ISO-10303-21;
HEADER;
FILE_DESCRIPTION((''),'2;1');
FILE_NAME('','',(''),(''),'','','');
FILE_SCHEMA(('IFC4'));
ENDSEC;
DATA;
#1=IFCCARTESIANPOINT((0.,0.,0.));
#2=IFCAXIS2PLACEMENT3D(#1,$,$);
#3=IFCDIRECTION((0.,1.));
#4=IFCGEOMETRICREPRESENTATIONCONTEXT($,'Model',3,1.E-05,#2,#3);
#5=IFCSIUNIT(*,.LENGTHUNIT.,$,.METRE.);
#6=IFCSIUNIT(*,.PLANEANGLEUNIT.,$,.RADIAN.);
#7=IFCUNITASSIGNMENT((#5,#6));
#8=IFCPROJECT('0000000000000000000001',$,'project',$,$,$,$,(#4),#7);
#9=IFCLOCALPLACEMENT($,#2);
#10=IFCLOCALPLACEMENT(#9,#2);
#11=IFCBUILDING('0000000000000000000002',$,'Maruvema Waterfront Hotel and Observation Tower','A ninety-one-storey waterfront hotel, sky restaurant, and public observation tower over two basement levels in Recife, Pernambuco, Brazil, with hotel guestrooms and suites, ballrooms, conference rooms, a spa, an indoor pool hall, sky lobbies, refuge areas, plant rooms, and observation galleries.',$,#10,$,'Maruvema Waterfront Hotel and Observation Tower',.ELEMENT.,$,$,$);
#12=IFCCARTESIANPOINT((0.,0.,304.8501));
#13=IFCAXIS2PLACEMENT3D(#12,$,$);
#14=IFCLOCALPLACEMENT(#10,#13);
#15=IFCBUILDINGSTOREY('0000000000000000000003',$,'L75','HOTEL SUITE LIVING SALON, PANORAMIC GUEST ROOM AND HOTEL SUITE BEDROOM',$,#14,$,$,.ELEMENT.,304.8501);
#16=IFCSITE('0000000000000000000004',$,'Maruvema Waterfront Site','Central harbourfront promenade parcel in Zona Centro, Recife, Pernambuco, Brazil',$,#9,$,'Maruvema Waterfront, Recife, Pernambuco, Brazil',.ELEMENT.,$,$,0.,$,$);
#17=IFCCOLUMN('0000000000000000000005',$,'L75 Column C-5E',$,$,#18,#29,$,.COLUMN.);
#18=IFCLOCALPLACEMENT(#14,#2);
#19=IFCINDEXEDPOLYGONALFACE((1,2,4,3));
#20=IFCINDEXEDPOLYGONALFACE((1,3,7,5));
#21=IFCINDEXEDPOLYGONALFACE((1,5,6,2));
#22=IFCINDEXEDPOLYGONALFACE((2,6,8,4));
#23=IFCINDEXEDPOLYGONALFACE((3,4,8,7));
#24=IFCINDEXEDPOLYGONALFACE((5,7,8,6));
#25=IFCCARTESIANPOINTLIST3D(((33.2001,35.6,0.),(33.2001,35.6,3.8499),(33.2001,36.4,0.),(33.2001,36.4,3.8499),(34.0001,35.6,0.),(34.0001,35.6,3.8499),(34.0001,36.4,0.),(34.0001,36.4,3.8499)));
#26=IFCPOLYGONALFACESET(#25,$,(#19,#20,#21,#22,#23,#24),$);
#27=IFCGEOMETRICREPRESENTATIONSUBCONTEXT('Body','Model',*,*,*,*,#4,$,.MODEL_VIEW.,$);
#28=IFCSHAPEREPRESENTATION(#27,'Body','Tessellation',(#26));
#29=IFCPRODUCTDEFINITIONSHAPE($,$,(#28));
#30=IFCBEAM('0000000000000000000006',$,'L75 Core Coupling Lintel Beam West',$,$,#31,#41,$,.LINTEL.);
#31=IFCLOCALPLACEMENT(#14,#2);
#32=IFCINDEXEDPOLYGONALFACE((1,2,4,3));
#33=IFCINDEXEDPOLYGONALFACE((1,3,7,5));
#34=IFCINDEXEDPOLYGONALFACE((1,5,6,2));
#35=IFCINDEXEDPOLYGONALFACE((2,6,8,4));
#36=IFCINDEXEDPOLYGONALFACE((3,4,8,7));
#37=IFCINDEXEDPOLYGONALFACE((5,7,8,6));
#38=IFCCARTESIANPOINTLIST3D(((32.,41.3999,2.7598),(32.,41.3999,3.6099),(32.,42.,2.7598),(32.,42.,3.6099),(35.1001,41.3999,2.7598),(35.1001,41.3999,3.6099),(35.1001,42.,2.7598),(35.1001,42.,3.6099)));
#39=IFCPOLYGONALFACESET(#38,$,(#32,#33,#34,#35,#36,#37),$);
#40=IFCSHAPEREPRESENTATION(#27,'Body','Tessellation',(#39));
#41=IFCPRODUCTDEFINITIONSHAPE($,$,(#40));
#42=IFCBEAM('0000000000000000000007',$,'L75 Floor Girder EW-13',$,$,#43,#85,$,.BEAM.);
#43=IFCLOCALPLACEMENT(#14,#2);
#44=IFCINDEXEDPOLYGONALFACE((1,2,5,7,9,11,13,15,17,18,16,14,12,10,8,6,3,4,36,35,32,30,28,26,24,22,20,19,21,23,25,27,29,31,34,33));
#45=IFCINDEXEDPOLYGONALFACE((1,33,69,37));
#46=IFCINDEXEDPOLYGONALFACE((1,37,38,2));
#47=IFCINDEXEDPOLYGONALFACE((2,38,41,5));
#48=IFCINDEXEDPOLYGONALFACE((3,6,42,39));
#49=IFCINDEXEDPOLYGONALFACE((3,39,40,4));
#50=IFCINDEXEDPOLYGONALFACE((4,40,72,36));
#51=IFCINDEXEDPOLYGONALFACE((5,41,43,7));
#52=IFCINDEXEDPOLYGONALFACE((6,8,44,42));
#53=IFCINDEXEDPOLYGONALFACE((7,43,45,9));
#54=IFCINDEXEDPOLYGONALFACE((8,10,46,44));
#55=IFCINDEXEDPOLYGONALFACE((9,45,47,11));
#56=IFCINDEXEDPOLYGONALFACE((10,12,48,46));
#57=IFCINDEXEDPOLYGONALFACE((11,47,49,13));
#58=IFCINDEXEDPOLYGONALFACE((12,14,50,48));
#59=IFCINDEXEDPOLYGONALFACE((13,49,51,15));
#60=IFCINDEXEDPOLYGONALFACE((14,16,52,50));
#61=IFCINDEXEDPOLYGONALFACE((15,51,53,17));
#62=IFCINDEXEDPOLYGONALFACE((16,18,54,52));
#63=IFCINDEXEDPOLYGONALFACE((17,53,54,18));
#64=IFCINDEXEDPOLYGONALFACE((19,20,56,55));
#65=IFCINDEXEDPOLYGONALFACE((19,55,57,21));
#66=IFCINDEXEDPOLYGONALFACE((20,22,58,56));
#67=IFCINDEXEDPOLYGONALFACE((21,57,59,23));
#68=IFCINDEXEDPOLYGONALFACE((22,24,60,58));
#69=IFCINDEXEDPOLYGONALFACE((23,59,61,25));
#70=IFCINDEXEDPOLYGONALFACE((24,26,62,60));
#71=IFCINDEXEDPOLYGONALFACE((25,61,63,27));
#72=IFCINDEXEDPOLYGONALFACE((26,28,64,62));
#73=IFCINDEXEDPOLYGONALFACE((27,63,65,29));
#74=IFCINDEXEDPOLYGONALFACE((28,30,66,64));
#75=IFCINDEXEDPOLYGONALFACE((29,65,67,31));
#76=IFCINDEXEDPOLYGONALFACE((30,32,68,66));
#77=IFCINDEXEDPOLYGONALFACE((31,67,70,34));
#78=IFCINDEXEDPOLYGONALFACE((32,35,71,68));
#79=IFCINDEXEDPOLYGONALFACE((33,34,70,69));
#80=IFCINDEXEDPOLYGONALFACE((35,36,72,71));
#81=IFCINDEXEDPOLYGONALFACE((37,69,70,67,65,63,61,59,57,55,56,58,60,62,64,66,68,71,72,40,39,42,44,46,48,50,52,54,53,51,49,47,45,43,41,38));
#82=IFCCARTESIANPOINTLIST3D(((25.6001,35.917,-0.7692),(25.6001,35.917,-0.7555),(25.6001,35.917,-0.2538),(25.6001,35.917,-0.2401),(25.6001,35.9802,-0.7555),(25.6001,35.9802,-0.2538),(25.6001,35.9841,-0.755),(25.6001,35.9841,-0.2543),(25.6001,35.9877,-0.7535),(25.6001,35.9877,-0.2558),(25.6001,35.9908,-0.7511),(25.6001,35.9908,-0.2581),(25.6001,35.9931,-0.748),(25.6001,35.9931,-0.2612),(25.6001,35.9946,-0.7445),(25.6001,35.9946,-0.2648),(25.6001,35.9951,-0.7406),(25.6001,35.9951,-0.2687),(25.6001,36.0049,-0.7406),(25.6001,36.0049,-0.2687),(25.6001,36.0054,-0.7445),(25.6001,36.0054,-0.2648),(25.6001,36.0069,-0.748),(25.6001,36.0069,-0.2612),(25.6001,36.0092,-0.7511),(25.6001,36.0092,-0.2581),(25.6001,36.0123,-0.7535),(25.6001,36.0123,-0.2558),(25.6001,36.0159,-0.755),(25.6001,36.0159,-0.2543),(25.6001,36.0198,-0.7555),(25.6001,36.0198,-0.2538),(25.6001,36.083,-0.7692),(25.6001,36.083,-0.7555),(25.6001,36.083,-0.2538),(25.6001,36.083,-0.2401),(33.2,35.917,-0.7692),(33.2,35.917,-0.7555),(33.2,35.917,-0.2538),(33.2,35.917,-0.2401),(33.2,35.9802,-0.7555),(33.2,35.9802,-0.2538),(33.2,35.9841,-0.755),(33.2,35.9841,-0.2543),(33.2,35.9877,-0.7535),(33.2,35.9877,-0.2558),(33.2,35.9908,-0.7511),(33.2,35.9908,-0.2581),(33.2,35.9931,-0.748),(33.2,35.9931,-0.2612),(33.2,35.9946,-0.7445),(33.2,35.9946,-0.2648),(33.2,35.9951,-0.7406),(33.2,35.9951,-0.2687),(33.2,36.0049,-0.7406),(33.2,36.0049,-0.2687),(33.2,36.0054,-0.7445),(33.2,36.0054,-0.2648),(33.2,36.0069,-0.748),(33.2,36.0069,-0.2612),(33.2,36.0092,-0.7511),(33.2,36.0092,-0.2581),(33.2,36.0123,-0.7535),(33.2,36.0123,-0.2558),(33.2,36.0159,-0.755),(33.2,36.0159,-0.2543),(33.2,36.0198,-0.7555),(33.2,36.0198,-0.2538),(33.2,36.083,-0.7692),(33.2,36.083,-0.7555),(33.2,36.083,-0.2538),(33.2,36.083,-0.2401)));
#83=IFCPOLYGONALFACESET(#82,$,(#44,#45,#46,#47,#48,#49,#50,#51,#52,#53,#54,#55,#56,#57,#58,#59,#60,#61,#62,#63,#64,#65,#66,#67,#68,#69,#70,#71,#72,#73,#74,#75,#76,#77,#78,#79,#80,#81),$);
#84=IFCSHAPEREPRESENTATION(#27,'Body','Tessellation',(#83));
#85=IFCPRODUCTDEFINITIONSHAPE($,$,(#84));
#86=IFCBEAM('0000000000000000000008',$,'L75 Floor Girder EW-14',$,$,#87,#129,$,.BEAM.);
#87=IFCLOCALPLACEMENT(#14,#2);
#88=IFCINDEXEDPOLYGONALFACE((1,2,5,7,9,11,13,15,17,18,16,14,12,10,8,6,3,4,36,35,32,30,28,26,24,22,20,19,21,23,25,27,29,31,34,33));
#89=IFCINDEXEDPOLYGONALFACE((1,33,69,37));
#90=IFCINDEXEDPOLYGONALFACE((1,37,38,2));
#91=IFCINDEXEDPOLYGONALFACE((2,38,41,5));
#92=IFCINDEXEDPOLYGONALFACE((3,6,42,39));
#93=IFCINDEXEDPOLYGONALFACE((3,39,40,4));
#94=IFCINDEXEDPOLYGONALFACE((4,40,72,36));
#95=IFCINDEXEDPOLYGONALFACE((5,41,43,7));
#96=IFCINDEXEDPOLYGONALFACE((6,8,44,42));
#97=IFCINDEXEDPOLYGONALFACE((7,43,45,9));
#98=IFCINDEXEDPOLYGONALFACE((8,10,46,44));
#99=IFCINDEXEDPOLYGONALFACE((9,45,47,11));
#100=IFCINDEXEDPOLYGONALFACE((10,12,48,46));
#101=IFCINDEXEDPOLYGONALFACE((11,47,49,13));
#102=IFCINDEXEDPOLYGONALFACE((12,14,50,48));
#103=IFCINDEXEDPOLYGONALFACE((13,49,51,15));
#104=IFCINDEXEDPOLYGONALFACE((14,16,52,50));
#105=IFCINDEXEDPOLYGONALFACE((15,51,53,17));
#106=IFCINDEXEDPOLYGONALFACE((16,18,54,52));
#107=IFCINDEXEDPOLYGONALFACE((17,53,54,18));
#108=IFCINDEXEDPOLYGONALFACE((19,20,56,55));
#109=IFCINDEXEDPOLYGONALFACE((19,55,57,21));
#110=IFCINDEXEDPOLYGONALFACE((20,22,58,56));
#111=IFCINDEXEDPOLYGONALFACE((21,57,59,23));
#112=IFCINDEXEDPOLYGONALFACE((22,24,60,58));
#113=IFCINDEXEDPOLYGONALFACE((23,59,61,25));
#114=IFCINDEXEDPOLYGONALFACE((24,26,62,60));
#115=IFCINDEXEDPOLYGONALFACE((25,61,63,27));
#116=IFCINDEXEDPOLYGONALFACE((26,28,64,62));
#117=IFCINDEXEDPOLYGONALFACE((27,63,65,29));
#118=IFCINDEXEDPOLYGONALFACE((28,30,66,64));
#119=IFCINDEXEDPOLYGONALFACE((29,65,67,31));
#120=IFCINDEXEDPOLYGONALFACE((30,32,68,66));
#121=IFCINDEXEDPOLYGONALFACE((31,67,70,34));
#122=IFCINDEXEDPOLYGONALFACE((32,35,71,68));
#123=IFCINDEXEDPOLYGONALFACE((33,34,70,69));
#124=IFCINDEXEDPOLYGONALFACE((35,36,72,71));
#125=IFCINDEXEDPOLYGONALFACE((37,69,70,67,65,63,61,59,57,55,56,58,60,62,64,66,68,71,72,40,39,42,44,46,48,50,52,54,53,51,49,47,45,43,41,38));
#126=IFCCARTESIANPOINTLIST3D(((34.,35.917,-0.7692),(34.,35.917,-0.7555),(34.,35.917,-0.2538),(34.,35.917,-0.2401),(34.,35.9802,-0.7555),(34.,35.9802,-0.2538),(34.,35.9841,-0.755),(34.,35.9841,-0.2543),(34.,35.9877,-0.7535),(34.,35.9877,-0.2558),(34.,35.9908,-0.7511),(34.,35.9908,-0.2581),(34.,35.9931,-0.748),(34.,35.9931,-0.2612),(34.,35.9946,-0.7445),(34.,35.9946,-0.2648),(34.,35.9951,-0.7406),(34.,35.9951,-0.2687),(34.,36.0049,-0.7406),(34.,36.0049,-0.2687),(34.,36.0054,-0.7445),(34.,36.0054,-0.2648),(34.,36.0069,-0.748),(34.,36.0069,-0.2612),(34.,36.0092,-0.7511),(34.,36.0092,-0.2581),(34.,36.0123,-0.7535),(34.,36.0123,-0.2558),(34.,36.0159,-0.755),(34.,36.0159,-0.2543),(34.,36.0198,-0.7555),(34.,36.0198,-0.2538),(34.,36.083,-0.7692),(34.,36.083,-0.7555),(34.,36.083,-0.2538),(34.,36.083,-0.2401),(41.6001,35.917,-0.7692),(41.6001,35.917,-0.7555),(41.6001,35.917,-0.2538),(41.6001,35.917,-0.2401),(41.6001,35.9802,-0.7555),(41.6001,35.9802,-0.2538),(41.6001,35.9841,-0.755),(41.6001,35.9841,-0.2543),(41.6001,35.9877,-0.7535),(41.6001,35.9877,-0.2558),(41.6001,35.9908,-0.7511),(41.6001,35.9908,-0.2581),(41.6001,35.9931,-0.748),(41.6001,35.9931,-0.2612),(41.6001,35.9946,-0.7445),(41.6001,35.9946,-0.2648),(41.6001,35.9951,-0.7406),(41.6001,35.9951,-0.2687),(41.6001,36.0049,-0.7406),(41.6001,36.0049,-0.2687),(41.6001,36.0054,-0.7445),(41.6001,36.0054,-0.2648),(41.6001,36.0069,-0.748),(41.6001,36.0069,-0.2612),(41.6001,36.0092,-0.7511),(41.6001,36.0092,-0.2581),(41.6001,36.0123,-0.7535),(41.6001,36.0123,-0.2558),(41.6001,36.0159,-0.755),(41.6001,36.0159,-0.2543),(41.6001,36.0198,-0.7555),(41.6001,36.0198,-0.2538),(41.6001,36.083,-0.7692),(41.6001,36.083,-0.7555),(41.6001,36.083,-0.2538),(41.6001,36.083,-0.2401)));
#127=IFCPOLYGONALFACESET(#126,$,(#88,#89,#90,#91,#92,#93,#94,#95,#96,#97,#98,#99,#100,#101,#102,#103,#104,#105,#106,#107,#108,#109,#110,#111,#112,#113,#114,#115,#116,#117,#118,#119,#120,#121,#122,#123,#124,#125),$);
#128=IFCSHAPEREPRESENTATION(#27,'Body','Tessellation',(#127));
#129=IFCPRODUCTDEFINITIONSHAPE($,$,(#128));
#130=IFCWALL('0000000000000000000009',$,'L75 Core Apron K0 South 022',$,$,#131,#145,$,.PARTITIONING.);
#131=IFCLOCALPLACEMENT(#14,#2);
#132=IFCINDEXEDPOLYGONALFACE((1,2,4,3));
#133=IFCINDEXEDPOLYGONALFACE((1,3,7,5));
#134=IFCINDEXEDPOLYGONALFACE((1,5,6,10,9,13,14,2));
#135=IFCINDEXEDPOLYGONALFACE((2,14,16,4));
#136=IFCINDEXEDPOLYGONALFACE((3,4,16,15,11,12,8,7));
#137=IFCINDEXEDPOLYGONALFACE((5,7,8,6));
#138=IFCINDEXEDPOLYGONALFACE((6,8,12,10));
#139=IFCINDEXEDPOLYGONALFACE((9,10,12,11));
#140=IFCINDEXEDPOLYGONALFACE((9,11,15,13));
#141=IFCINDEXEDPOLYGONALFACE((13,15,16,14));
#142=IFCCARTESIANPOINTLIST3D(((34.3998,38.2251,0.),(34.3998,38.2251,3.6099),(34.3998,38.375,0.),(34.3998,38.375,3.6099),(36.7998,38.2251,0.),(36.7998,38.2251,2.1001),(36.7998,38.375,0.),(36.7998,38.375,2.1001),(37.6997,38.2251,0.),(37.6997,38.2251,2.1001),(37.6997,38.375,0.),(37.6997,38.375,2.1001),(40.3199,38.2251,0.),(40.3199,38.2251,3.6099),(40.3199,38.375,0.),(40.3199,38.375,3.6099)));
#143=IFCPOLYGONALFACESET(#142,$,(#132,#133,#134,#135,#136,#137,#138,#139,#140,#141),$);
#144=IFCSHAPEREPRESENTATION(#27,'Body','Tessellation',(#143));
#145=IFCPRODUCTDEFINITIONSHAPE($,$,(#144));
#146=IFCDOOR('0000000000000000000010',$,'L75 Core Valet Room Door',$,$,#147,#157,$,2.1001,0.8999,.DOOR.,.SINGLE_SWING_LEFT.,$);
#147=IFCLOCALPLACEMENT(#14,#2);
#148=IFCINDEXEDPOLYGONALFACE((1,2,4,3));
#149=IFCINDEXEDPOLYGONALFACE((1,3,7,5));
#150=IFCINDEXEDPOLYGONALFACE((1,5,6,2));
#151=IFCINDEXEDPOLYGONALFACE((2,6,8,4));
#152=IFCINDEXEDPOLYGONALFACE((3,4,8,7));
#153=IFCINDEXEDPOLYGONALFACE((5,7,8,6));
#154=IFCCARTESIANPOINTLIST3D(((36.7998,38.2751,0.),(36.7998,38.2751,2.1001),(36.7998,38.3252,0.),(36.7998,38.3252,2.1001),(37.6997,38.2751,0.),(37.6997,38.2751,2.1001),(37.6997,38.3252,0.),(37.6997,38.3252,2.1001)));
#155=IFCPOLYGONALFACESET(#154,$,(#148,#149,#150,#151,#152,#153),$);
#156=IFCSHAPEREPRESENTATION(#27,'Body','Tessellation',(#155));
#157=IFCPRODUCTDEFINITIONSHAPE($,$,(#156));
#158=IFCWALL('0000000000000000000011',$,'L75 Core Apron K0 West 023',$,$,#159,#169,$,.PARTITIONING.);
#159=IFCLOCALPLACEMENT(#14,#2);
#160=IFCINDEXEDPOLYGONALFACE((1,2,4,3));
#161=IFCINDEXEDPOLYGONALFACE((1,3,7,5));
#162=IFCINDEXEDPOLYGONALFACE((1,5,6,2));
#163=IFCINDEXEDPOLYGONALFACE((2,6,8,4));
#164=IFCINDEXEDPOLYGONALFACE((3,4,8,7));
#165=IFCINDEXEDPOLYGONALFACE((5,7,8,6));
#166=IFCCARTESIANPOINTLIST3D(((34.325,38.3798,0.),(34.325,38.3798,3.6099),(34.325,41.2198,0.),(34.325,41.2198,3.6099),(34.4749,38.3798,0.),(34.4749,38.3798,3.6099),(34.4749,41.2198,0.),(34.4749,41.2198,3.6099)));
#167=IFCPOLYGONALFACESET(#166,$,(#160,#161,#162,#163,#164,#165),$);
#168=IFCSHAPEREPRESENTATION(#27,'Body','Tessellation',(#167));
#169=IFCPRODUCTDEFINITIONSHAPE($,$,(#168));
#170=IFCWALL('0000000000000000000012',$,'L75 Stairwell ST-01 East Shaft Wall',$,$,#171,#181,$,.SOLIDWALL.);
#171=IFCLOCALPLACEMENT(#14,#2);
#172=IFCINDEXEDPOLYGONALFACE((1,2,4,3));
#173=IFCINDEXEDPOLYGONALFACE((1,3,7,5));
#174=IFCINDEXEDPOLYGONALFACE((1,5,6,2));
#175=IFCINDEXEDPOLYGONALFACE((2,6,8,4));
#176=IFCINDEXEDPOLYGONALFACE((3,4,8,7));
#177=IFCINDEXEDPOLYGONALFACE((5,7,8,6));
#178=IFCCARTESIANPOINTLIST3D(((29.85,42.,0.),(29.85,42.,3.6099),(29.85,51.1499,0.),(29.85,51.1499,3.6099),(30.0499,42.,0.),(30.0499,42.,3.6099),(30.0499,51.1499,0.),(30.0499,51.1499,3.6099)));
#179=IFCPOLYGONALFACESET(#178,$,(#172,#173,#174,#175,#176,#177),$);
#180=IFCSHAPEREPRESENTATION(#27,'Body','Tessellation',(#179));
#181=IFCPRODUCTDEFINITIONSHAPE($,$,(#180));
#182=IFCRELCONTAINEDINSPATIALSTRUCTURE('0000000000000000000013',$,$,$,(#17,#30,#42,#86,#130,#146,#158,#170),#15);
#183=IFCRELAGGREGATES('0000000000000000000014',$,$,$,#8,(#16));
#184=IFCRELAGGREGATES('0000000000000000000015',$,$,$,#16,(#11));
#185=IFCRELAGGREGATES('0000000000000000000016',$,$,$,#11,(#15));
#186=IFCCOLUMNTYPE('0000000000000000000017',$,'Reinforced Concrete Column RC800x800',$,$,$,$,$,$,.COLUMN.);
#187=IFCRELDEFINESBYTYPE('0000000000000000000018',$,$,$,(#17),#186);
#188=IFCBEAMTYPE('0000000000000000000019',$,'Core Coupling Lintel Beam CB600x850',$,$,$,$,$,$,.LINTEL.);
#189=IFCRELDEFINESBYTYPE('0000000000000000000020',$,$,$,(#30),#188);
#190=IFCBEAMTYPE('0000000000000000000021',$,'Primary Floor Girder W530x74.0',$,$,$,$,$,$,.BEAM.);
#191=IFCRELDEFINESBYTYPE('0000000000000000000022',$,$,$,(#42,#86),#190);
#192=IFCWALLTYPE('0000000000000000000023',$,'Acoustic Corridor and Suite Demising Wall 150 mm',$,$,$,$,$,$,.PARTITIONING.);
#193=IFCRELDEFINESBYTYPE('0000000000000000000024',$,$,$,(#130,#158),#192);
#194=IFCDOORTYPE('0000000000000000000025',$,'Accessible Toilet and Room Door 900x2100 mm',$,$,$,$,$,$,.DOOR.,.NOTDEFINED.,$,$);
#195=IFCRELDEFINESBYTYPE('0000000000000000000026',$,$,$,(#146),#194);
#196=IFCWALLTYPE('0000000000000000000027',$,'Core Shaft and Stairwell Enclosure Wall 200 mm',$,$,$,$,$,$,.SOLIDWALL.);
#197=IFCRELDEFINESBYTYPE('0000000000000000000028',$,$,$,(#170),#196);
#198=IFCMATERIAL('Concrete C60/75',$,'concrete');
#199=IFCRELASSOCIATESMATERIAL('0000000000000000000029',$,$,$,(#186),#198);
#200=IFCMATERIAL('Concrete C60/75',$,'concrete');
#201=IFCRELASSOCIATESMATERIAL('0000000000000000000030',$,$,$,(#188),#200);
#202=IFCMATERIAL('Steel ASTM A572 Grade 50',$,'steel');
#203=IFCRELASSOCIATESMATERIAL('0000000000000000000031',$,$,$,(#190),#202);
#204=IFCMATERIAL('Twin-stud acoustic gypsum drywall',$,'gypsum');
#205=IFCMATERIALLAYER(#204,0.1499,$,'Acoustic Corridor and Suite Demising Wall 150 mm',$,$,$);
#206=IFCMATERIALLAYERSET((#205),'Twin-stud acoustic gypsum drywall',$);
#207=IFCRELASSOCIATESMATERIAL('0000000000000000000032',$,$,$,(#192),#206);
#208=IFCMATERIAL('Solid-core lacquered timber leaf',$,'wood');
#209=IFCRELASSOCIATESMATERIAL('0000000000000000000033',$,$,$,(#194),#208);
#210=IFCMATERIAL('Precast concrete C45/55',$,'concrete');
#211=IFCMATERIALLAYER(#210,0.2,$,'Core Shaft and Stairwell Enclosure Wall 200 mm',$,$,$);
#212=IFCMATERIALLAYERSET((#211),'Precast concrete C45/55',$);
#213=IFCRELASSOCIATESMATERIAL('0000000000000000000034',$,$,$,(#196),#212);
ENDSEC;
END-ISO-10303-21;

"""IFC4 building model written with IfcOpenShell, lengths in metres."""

from ifc_helpers import new_model, si_unit, direction, frame, frame_2d, origin, origin_2d, place, context, subcontext, project, spatial, rectangle, i_section, extrude, material, layer, layer_set, material_profile, profile_set, type_object, element, fill, save


model = new_model("IFC4")

# Units and contexts
model_context = context("Model", 3, precision=1e-05, world=origin(), true_north=direction((0.0, 1.0)))
body_context = subcontext(model_context, "Body", "Model", "MODEL_VIEW")
ifc_project = project(units=[si_unit("LENGTHUNIT", "METRE"), si_unit("PLANEANGLEUNIT", "RADIAN")], contexts=[model_context])

# Site, building, storey
site_placement = place(None, origin())
site = spatial("IfcSite", under=ifc_project, at=site_placement, Name="Maruvema Waterfront Site", Description="Central harbourfront promenade parcel in Zona Centro, Recife, Pernambuco, Brazil", LongName="Maruvema Waterfront, Recife, Pernambuco, Brazil", CompositionType="ELEMENT", RefElevation=0.0)
building_placement = place(site_placement, origin())
building = spatial("IfcBuilding", under=site, at=building_placement, Name="Maruvema Waterfront Hotel and Observation Tower", Description="A ninety-one-storey waterfront hotel, sky restaurant, and public observation tower over two basement levels in Recife, Pernambuco, Brazil, with hotel guestrooms and suites, ballrooms, conference rooms, a spa, an indoor pool hall, sky lobbies, refuge areas, plant rooms, and observation galleries.", LongName="Maruvema Waterfront Hotel and Observation Tower", CompositionType="ELEMENT")
storey_placement = place(building_placement, frame((0.0, 0.0, 304.8501)))
storey = spatial("IfcBuildingStorey", under=building, at=storey_placement, Name="L75", Description="HOTEL SUITE LIVING SALON, PANORAMIC GUEST ROOM AND HOTEL SUITE BEDROOM", CompositionType="ELEMENT", Elevation=304.8501)

# Column
ifc_material_1 = material(Name="Concrete C60/75", Category="concrete")
ifc_material_profile_1 = material_profile(ifc_material_1, rectangle(XDim=0.8, YDim=0.8, at=origin_2d()), Name="RC800x800")
ifc_profile_set_1 = profile_set([ifc_material_profile_1], Name="Concrete C60/75")
column_type = type_object("IfcColumnType", Name="Reinforced Concrete Column RC800x800", PredefinedType="COLUMN", material=ifc_profile_set_1)
column_placement = place(storey_placement, frame((33.6001, 36.0, 0.0), z_axis=(0.0, 0.0, 1.0), x_axis=(1.0, 0.0, 0.0)))
element("IfcColumn", 1, at=column_placement, inside=storey, type_object=column_type, Name="L75 Column C-5E", PredefinedType="COLUMN", context=body_context, shape_type="SweptSolid", body=[
    extrude(rectangle(XDim=0.8, YDim=0.8, at=origin_2d()), origin(), (0.0, 0.0, 1.0), 3.8499),
])

# Beams
ifc_material_2 = material(Name="Concrete C60/75", Category="concrete")
ifc_material_profile_2 = material_profile(ifc_material_2, rectangle(XDim=0.6001, YDim=0.8501, at=origin_2d()), Name="CB600x850")
ifc_profile_set_2 = profile_set([ifc_material_profile_2], Name="Concrete C60/75")
beam_type_1 = type_object("IfcBeamType", Name="Core Coupling Lintel Beam CB600x850", PredefinedType="LINTEL", material=ifc_profile_set_2)
beam_1_placement = place(storey_placement, frame((32.0, 41.7, 3.1848), z_axis=(1.0, 0.0, 0.0), x_axis=(0.0, 1.0, 0.0)))
element("IfcBeam", 2, at=beam_1_placement, inside=storey, type_object=beam_type_1, Name="L75 Core Coupling Lintel Beam West", PredefinedType="LINTEL", context=body_context, shape_type="SweptSolid", body=[
    extrude(rectangle(XDim=0.6001, YDim=0.8501, at=origin_2d()), origin(), (0.0, 0.0, 1.0), 3.1001),
])
ifc_material_3 = material(Name="Steel ASTM A572 Grade 50", Category="steel")
ifc_material_profile_3 = material_profile(ifc_material_3, i_section(OverallWidth=0.166, OverallDepth=0.5291, WebThickness=0.0098, FlangeThickness=0.0137, FilletRadius=0.0149, at=origin_2d()), Name="W530x74.0")
ifc_profile_set_3 = profile_set([ifc_material_profile_3], Name="Steel ASTM A572 Grade 50")
beam_type_2 = type_object("IfcBeamType", Name="Primary Floor Girder W530x74.0", PredefinedType="BEAM", material=ifc_profile_set_3)
beam_2_placement = place(storey_placement, frame((25.6001, 36.0, -0.5046), z_axis=(1.0, 0.0, 0.0), x_axis=(0.0, 1.0, 0.0)))
element("IfcBeam", 3, at=beam_2_placement, inside=storey, type_object=beam_type_2, Name="L75 Floor Girder EW-13", PredefinedType="BEAM", context=body_context, shape_type="SweptSolid", body=[
    extrude(i_section(OverallWidth=0.166, OverallDepth=0.5291, WebThickness=0.0098, FlangeThickness=0.0137, FilletRadius=0.0149, at=origin_2d()), origin(), (0.0, 0.0, 1.0), 7.5999),
])
beam_3_placement = place(storey_placement, frame((34.0, 36.0, -0.5046), z_axis=(1.0, 0.0, 0.0), x_axis=(0.0, 1.0, 0.0)))
element("IfcBeam", 4, at=beam_3_placement, inside=storey, type_object=beam_type_2, Name="L75 Floor Girder EW-14", PredefinedType="BEAM", context=body_context, shape_type="SweptSolid", body=[
    extrude(i_section(OverallWidth=0.166, OverallDepth=0.5291, WebThickness=0.0098, FlangeThickness=0.0137, FilletRadius=0.0149, at=origin_2d()), origin(), (0.0, 0.0, 1.0), 7.6001),
])

# Wall, opening, door
ifc_material_4 = material(Name="Twin-stud acoustic gypsum drywall", Category="gypsum")
ifc_layer_1 = layer(ifc_material_4, 0.1499, Name="Acoustic Corridor and Suite Demising Wall 150 mm")
ifc_layer_set_1 = layer_set([ifc_layer_1], Name="Twin-stud acoustic gypsum drywall")
wall_type_1 = type_object("IfcWallType", Name="Acoustic Corridor and Suite Demising Wall 150 mm", PredefinedType="PARTITIONING", material=ifc_layer_set_1)
wall_1_placement = place(storey_placement, frame((34.3999, 38.3, 0.0), z_axis=(0.0, 0.0, 1.0), x_axis=(1.0, 0.0, 0.0)))
wall_1 = element("IfcWall", 5, at=wall_1_placement, inside=storey, type_object=wall_type_1, Name="L75 Core Apron K0 South 022", PredefinedType="PARTITIONING", context=body_context, shape_type="SweptSolid", body=[
    extrude(rectangle(XDim=5.9202, YDim=0.1499, at=frame_2d((2.96, 0.0))), origin(), (0.0, 0.0, 1.0), 3.6099),
])
opening_1_placement = place(wall_1_placement, frame((2.3999, 0.0, 0.0)))
opening_1 = element("IfcOpeningElement", 6, at=opening_1_placement, cuts=wall_1, PredefinedType="OPENING", context=body_context, shape_type="SweptSolid", body=[
    extrude(rectangle(XDim=0.8999, YDim=2.1001, at=frame_2d((0.45, 1.05))), frame((0.0, 0.085, 0.0), z_axis=(0.0, -1.0, 0.0), x_axis=(1.0, 0.0, 0.0)), (0.0, 0.0, 1.0), 0.1699),
])
ifc_material_5 = material(Name="Solid-core lacquered timber leaf", Category="wood")
door_type_1 = type_object("IfcDoorType", Name="Accessible Toilet and Room Door 900x2100 mm", OperationType="NOTDEFINED", PredefinedType="DOOR", material=ifc_material_5)
door_1_placement = place(opening_1_placement, frame((0.8999, 0.0, 0.0), z_axis=(0.0, 0.0, 1.0), x_axis=(-1.0, 0.0, 0.0)))
door_1 = element("IfcDoor", 7, at=door_1_placement, inside=storey, type_object=door_type_1, Name="L75 Core Valet Room Door", OperationType="SINGLE_SWING_LEFT", OverallHeight=2.1001, OverallWidth=0.8999, PredefinedType="DOOR", context=body_context, shape_type="SweptSolid", body=[
    extrude(rectangle(XDim=0.8999, YDim=2.1001, at=frame_2d((0.45, 1.05))), frame((0.0, 0.0249, 0.0), z_axis=(0.0, -1.0, 0.0), x_axis=(1.0, 0.0, 0.0)), (0.0, 0.0, 1.0), 0.05),
])
fill(opening_1, door_1)

# Walls
wall_2_placement = place(storey_placement, frame((34.3999, 38.3799, 0.0), z_axis=(0.0, 0.0, 1.0), x_axis=(0.0, 1.0, 0.0)))
element("IfcWall", 8, at=wall_2_placement, inside=storey, type_object=wall_type_1, Name="L75 Core Apron K0 West 023", PredefinedType="PARTITIONING", context=body_context, shape_type="SweptSolid", body=[
    extrude(rectangle(XDim=2.8401, YDim=0.1499, at=frame_2d((1.4199, 0.0))), origin(), (0.0, 0.0, 1.0), 3.6099),
])
ifc_material_6 = material(Name="Precast concrete C45/55", Category="concrete")
ifc_layer_2 = layer(ifc_material_6, 0.2, Name="Core Shaft and Stairwell Enclosure Wall 200 mm")
ifc_layer_set_2 = layer_set([ifc_layer_2], Name="Precast concrete C45/55")
wall_type_2 = type_object("IfcWallType", Name="Core Shaft and Stairwell Enclosure Wall 200 mm", PredefinedType="SOLIDWALL", material=ifc_layer_set_2)
wall_3_placement = place(storey_placement, frame((29.95, 42.0, 0.0), z_axis=(0.0, 0.0, 1.0), x_axis=(0.0, 1.0, 0.0)))
element("IfcWall", 9, at=wall_3_placement, inside=storey, type_object=wall_type_2, Name="L75 Stairwell ST-01 East Shaft Wall", PredefinedType="SOLIDWALL", context=body_context, shape_type="SweptSolid", body=[
    extrude(rectangle(XDim=9.1499, YDim=0.2, at=frame_2d((4.575, 0.0))), origin(), (0.0, 0.0, 1.0), 3.6099),
])

save(model, "model.ifc")
